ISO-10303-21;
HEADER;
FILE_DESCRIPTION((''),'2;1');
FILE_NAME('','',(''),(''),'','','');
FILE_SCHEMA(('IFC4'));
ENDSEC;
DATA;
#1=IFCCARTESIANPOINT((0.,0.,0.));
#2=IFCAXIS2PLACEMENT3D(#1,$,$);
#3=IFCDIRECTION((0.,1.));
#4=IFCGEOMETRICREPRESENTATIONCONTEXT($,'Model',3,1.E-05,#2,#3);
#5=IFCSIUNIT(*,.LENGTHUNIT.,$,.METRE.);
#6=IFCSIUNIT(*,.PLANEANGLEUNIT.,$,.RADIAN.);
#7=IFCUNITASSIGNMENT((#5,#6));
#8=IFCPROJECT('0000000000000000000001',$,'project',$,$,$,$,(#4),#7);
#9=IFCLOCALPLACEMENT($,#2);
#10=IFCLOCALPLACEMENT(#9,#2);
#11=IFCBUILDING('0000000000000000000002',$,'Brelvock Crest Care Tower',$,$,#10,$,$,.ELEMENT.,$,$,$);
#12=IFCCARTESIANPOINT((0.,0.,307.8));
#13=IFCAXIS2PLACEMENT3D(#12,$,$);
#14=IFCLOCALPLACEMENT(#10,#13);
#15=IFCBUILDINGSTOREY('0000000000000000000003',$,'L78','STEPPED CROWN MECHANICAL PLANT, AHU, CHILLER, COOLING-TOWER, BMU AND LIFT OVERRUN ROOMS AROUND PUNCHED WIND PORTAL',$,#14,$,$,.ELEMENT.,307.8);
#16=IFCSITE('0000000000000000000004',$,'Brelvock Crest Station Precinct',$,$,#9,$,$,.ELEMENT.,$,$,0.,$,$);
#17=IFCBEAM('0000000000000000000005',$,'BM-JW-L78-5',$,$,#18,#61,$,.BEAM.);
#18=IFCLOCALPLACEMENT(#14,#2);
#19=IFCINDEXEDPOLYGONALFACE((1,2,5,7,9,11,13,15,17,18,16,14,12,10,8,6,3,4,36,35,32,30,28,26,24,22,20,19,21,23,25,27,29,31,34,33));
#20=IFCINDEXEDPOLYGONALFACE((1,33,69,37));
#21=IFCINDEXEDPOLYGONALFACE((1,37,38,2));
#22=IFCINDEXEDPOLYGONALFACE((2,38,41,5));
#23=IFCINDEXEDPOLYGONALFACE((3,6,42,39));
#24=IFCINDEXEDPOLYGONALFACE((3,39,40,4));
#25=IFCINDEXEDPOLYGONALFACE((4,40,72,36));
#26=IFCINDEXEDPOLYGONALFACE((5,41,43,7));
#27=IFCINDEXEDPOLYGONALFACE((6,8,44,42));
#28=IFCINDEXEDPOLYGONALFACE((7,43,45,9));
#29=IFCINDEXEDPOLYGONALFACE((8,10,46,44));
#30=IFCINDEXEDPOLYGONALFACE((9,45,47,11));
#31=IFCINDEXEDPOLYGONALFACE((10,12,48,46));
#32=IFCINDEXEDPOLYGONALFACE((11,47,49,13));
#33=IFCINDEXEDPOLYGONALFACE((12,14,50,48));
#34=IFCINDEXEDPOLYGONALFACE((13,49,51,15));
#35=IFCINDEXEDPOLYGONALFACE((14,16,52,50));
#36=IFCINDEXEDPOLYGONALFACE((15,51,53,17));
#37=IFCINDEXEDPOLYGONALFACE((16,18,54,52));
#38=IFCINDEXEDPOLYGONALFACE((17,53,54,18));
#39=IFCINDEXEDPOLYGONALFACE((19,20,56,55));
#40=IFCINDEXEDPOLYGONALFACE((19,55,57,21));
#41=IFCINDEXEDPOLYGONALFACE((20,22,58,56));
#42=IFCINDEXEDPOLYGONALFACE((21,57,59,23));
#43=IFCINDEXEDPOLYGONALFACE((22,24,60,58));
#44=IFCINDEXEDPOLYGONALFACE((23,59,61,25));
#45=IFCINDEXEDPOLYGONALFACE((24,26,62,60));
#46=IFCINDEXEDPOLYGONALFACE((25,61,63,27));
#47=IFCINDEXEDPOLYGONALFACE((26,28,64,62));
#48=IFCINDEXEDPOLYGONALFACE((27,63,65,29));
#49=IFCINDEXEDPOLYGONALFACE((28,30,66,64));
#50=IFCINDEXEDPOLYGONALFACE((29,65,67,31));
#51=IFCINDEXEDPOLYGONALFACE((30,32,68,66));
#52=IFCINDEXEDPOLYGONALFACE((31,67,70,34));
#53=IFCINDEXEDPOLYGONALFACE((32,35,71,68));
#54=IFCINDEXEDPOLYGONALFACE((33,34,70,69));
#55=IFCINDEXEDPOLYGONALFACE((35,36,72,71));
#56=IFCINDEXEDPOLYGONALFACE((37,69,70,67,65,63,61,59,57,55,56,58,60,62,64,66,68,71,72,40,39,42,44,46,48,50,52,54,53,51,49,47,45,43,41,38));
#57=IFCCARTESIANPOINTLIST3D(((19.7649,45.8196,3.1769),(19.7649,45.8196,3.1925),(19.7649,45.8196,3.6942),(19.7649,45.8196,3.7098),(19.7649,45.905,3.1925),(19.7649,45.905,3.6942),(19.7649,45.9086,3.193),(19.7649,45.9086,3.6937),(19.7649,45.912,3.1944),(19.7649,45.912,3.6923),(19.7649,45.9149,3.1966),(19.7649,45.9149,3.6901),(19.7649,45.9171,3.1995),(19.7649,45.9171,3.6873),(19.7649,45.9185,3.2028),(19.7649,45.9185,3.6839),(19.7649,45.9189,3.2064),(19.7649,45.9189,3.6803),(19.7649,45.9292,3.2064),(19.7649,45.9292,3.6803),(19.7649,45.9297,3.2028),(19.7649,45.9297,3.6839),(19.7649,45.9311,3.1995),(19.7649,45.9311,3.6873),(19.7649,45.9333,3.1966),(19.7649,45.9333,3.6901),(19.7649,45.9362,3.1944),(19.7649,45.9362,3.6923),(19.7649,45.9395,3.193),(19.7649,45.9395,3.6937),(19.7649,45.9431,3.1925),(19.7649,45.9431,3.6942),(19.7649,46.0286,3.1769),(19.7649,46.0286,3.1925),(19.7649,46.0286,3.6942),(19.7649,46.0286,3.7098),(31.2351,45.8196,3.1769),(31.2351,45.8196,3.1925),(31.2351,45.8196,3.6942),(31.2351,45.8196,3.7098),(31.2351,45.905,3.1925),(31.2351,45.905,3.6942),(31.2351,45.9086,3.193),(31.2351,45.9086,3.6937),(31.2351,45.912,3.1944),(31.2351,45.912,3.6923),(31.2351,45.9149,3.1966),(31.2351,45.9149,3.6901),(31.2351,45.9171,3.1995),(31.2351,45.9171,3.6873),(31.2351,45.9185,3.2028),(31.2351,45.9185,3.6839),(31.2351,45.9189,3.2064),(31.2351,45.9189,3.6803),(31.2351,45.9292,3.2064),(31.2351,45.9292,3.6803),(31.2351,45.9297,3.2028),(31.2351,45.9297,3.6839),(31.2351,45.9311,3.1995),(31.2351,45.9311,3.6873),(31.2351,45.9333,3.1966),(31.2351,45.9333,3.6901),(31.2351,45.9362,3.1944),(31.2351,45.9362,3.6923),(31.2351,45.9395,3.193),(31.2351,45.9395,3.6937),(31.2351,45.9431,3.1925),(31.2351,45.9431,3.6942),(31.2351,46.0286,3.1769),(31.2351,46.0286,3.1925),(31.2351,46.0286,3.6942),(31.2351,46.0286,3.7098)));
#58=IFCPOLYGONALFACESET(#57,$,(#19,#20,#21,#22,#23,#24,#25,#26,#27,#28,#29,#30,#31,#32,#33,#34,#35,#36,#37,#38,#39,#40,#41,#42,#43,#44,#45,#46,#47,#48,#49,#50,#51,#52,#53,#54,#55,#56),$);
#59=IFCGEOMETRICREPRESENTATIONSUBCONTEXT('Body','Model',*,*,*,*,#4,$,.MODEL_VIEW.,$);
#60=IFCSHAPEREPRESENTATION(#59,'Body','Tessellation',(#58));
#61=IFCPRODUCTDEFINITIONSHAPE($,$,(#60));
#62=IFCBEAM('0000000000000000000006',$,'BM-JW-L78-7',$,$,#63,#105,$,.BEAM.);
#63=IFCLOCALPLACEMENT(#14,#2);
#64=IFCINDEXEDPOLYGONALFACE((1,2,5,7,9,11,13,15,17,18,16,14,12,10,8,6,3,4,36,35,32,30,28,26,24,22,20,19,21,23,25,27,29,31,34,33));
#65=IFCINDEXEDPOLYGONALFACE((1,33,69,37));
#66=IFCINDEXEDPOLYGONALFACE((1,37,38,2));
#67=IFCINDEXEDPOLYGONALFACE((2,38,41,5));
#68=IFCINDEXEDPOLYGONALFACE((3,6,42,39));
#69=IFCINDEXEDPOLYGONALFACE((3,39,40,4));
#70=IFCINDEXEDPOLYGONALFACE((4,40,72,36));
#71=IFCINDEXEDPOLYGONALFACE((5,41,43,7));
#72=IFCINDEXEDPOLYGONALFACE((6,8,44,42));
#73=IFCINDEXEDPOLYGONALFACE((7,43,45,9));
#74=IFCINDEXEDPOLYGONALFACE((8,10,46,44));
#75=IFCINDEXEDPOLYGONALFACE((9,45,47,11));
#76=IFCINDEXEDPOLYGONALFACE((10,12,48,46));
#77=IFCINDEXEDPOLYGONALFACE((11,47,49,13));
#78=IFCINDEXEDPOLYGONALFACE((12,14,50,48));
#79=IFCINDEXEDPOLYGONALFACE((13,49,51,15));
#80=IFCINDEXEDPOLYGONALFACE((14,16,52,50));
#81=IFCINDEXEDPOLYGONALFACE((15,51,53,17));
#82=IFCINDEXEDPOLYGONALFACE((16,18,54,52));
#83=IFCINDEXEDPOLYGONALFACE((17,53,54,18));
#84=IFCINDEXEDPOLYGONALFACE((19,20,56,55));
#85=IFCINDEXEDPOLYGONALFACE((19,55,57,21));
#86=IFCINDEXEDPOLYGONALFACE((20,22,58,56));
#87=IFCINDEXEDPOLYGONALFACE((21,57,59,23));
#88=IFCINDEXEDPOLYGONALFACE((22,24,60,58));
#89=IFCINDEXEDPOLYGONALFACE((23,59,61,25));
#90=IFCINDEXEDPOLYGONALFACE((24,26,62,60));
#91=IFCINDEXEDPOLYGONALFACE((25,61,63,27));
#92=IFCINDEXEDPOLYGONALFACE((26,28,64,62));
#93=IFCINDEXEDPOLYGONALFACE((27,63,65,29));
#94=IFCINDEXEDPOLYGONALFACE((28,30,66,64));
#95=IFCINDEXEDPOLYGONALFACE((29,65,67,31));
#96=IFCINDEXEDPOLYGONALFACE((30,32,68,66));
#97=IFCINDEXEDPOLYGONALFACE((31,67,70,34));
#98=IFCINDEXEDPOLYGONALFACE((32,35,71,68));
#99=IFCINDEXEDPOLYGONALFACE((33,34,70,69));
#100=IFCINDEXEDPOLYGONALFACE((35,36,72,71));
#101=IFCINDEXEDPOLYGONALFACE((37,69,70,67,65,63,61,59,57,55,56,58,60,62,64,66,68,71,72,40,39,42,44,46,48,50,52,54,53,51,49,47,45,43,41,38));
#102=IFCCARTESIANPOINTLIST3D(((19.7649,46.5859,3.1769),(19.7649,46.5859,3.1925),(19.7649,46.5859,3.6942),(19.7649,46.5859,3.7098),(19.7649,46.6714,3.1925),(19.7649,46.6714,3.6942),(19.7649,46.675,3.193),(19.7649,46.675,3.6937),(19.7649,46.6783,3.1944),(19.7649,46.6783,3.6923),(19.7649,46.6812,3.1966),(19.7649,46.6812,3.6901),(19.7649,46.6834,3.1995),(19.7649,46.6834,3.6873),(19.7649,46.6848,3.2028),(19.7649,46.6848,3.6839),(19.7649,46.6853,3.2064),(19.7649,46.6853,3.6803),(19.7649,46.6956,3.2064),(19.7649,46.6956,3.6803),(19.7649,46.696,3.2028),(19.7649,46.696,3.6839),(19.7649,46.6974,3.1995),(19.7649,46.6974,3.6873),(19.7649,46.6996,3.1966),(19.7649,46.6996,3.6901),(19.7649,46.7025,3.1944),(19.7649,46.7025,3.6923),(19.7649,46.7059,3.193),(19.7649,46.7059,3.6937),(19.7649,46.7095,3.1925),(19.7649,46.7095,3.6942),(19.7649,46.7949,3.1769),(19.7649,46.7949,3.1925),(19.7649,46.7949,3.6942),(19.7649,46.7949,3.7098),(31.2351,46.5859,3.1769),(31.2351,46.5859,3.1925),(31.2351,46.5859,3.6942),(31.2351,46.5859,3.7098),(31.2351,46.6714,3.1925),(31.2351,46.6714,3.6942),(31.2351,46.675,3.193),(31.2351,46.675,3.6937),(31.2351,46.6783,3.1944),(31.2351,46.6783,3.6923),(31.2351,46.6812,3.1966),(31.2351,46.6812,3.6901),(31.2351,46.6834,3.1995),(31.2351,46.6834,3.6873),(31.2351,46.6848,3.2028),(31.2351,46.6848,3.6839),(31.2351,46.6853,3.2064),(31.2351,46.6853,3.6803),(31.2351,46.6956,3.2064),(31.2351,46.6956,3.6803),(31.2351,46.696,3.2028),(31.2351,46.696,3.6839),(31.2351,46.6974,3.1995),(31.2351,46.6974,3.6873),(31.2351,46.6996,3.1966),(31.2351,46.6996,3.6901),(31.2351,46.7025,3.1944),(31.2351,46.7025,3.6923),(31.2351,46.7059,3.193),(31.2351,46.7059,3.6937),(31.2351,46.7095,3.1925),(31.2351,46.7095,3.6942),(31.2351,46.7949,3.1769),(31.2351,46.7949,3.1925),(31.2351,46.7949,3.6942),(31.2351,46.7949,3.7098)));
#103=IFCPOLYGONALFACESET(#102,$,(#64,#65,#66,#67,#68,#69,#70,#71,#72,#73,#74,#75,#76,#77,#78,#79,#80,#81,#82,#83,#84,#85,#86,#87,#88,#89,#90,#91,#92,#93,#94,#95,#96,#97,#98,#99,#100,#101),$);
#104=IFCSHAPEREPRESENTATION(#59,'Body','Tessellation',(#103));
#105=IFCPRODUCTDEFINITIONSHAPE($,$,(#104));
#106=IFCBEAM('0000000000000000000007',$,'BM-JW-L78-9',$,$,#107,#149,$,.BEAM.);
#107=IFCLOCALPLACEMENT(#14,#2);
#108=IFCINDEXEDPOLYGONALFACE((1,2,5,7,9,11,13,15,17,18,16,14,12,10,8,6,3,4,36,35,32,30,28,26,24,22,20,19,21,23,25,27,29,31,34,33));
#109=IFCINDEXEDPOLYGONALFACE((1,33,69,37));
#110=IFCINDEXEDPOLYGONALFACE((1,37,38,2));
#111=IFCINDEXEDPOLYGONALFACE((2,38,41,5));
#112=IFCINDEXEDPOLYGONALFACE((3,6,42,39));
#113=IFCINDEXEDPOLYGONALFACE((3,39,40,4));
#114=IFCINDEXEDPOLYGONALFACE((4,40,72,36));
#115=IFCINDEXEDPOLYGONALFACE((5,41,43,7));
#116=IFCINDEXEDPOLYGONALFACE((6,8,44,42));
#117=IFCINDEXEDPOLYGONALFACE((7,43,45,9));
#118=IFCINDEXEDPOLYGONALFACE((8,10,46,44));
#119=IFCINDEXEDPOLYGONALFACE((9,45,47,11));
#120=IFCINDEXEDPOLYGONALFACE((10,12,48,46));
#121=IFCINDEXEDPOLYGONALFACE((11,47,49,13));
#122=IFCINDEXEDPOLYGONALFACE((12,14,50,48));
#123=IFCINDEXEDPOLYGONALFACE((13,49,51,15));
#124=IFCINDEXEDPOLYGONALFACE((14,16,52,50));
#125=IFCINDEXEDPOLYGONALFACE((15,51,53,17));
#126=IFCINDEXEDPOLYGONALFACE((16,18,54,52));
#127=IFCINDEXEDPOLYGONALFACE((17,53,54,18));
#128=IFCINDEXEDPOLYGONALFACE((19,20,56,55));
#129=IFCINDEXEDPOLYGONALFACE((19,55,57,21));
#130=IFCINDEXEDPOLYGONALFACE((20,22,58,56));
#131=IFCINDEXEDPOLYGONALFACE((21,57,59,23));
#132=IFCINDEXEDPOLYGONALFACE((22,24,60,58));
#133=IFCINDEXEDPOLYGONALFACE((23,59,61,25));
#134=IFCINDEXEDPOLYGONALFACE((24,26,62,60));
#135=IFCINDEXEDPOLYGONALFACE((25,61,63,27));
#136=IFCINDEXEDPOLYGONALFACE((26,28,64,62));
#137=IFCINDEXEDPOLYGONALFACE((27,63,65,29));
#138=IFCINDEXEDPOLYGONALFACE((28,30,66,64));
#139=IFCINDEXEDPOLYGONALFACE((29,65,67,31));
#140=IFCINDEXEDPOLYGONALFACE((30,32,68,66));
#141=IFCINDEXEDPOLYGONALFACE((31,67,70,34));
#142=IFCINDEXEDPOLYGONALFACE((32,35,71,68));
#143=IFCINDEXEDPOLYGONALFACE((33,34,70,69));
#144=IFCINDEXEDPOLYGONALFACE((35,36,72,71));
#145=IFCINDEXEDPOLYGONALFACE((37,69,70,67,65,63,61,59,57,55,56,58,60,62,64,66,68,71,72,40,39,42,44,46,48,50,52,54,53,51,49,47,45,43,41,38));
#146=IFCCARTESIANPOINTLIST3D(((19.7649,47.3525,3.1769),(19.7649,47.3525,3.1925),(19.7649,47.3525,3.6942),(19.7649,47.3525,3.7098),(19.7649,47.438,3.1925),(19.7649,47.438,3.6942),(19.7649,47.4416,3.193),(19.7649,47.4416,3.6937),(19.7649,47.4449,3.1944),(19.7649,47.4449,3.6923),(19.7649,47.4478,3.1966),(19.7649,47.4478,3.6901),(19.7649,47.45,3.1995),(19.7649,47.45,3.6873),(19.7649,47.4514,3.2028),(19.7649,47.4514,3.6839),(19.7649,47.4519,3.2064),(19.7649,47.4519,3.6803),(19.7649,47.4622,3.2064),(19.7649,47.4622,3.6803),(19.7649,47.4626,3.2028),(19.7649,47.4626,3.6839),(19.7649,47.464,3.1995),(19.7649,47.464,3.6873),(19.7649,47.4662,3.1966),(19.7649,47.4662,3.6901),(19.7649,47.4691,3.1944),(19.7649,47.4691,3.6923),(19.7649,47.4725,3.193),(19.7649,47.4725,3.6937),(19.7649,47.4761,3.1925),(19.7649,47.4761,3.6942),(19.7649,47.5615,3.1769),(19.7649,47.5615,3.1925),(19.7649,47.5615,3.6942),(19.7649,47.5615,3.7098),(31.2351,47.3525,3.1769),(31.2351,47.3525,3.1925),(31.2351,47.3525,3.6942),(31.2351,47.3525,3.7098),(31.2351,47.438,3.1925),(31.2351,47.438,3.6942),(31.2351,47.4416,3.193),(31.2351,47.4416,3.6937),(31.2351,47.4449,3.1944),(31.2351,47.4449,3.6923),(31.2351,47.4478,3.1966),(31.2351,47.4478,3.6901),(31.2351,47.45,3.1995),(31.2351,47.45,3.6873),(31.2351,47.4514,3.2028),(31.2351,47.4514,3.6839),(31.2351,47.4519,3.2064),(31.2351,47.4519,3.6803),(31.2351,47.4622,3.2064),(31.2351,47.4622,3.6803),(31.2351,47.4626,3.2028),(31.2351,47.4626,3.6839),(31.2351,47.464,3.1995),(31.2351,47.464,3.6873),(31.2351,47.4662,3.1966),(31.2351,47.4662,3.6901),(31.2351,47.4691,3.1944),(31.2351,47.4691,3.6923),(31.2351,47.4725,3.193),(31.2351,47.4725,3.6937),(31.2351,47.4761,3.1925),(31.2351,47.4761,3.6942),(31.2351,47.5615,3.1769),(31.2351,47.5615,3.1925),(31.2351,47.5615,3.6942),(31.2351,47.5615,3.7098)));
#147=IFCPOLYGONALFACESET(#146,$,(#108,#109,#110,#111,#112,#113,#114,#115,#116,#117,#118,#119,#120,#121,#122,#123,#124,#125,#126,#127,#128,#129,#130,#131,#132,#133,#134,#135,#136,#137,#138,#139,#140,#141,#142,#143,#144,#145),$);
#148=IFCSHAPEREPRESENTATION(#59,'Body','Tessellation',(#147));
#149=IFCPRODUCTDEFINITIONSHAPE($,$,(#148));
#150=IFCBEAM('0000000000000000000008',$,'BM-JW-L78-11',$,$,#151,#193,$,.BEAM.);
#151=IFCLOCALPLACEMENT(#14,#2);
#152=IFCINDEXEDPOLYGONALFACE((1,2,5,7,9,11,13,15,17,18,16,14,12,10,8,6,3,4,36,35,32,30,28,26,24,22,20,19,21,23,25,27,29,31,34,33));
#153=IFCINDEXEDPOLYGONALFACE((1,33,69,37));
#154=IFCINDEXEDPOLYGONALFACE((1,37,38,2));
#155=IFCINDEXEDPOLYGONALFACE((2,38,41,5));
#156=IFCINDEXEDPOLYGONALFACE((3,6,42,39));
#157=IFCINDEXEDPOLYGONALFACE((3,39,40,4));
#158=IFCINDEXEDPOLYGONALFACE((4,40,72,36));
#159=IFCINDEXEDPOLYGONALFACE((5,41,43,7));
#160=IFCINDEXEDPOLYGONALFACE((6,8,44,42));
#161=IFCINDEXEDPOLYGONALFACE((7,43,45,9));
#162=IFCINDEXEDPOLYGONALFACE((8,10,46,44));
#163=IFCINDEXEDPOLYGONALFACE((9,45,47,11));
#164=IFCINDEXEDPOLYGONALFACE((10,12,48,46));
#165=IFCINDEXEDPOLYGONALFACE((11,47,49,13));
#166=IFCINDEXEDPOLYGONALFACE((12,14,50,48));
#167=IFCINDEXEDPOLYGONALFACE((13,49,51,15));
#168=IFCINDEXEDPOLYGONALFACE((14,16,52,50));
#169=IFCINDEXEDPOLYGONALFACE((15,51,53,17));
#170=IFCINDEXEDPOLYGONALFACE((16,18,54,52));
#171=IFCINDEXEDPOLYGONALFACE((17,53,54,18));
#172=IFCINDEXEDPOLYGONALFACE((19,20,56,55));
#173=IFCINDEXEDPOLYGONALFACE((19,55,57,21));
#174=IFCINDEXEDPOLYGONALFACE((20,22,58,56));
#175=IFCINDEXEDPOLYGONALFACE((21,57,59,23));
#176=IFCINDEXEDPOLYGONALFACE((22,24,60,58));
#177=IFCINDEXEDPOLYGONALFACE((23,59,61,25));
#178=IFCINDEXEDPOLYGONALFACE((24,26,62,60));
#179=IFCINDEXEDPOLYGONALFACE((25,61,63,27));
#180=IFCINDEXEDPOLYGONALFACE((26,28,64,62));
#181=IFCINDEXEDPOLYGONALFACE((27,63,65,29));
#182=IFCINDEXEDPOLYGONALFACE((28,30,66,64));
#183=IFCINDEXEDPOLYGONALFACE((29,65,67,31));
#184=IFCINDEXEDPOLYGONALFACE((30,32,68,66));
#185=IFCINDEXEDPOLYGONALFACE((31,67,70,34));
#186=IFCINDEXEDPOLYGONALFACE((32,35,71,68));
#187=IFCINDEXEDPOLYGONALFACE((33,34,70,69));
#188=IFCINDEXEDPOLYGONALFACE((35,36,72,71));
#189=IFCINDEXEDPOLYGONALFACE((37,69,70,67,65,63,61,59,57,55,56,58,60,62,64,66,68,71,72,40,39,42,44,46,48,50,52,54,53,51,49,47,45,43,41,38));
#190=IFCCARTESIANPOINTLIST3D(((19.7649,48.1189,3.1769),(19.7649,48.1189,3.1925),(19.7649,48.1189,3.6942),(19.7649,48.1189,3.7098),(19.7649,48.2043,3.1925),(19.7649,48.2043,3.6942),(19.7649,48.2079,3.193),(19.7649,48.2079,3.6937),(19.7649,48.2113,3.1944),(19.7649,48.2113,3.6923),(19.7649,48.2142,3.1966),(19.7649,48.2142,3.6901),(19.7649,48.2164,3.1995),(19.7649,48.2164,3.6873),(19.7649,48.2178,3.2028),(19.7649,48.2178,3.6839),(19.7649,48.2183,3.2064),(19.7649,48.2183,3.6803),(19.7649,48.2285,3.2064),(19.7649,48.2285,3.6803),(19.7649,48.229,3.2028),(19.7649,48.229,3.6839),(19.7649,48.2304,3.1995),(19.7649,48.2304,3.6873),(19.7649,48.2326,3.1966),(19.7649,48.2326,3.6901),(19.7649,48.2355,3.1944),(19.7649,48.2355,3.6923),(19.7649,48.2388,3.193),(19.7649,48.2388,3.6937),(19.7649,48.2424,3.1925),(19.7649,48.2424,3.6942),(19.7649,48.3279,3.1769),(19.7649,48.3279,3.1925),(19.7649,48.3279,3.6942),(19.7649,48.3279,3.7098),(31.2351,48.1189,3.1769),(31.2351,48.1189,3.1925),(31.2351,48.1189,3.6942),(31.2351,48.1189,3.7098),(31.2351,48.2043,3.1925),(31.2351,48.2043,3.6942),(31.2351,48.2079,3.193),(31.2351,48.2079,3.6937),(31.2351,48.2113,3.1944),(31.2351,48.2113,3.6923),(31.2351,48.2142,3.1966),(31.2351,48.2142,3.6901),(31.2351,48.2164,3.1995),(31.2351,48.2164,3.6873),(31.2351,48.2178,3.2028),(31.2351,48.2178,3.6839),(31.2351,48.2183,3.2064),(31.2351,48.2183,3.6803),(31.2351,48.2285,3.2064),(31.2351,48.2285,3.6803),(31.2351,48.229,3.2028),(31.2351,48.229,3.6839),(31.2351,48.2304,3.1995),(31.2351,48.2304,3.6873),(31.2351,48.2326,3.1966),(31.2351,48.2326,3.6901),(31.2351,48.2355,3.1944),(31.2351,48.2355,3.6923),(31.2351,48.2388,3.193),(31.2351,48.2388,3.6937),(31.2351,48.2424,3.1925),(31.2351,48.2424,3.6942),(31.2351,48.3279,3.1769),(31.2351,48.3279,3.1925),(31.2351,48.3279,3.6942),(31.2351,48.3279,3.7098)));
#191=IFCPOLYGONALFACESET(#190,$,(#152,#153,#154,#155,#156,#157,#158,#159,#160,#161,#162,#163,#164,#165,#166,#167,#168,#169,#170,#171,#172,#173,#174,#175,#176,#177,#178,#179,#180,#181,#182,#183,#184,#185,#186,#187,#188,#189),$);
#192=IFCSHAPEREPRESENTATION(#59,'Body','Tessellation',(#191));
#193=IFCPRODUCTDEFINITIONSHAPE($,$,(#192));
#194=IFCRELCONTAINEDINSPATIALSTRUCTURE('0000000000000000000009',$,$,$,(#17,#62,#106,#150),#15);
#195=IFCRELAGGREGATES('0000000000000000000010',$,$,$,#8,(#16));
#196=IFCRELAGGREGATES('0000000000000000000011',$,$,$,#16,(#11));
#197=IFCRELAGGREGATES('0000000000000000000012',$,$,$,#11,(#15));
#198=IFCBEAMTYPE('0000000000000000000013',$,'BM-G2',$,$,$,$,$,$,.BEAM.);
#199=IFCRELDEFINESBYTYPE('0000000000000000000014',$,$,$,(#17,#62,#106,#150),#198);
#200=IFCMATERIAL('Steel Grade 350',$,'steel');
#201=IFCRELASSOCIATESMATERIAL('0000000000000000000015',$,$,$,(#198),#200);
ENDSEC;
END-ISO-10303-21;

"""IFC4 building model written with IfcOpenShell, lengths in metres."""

from ifc_helpers import new_model, si_unit, direction, frame, origin, origin_2d, place, context, subcontext, project, spatial, i_section, extrude, source, transform, mapped, material, material_profile, profile_set, type_object, element, save


model = new_model("IFC4")

# Units and contexts
model_context = context("Model", 3, precision=1e-05, world=origin(), true_north=direction((0.0, 1.0)))
body_context = subcontext(model_context, "Body", "Model", "MODEL_VIEW")
ifc_project = project(units=[si_unit("LENGTHUNIT", "METRE"), si_unit("PLANEANGLEUNIT", "RADIAN")], contexts=[model_context])

# Site, building, storey
site_placement = place(None, origin())
site = spatial("IfcSite", under=ifc_project, at=site_placement, Name="Brelvock Crest Station Precinct", CompositionType="ELEMENT", RefElevation=0.0)
building_placement = place(site_placement, origin())
building = spatial("IfcBuilding", under=site, at=building_placement, Name="Brelvock Crest Care Tower", CompositionType="ELEMENT")
storey_placement = place(building_placement, frame((0.0, 0.0, 307.8)))
storey = spatial("IfcBuildingStorey", under=building, at=storey_placement, Name="L78", Description="STEPPED CROWN MECHANICAL PLANT, AHU, CHILLER, COOLING-TOWER, BMU AND LIFT OVERRUN ROOMS AROUND PUNCHED WIND PORTAL", CompositionType="ELEMENT", Elevation=307.8)

# Shared definitions
ifc_material_1 = material(Name="Steel Grade 350", Category="steel")

# Beams
ifc_material_profile_1 = material_profile(ifc_material_1, i_section(OverallWidth=0.209, OverallDepth=0.533, WebThickness=0.0103, FlangeThickness=0.0156, FilletRadius=0.0139, at=origin_2d()), Name="530UB92.4")
ifc_profile_set_1 = profile_set([ifc_material_profile_1], Name="Steel Grade 350")
beam_type_1 = type_object("IfcBeamType", Name="BM-G2", PredefinedType="BEAM", material=ifc_profile_set_1)
shared_shape_1 = source(origin(), body_context, "Body", "SweptSolid", [
    extrude(i_section(OverallWidth=0.209, OverallDepth=0.533, WebThickness=0.0103, FlangeThickness=0.0156, FilletRadius=0.0139, at=origin_2d()), origin(), (0.0, 0.0, 1.0), 11.4702),
])
for number, where, z_axis, x_axis, name in (
    (1, (19.7649, 45.9241, 3.4434), (1.0, 0.0, 0.0), (0.0, 1.0, 0.0), "BM-JW-L78-5"),
    (2, (19.7649, 46.6904, 3.4434), (1.0, 0.0, 0.0), (0.0, 1.0, 0.0), "BM-JW-L78-7"),
    (3, (19.7649, 47.457, 3.4434), (1.0, 0.0, 0.0), (0.0, 1.0, 0.0), "BM-JW-L78-9"),
    (4, (19.7649, 48.2234, 3.4434), (1.0, 0.0, 0.0), (0.0, 1.0, 0.0), "BM-JW-L78-11"),
):
    element("IfcBeam", number, at=place(storey_placement, frame(where, z_axis=z_axis, x_axis=x_axis)), inside=storey, type_object=beam_type_1, Name=name, PredefinedType="BEAM", context=body_context, shape_type="MappedRepresentation", body=[
        mapped(shared_shape_1, transform((0.0, 0.0, 0.0), x_axis=(1.0, 0.0, 0.0), y_axis=(0.0, 1.0, 0.0), z_axis=(0.0, 0.0, 1.0), scale=1.0)),
    ])

save(model, "model.ifc")
